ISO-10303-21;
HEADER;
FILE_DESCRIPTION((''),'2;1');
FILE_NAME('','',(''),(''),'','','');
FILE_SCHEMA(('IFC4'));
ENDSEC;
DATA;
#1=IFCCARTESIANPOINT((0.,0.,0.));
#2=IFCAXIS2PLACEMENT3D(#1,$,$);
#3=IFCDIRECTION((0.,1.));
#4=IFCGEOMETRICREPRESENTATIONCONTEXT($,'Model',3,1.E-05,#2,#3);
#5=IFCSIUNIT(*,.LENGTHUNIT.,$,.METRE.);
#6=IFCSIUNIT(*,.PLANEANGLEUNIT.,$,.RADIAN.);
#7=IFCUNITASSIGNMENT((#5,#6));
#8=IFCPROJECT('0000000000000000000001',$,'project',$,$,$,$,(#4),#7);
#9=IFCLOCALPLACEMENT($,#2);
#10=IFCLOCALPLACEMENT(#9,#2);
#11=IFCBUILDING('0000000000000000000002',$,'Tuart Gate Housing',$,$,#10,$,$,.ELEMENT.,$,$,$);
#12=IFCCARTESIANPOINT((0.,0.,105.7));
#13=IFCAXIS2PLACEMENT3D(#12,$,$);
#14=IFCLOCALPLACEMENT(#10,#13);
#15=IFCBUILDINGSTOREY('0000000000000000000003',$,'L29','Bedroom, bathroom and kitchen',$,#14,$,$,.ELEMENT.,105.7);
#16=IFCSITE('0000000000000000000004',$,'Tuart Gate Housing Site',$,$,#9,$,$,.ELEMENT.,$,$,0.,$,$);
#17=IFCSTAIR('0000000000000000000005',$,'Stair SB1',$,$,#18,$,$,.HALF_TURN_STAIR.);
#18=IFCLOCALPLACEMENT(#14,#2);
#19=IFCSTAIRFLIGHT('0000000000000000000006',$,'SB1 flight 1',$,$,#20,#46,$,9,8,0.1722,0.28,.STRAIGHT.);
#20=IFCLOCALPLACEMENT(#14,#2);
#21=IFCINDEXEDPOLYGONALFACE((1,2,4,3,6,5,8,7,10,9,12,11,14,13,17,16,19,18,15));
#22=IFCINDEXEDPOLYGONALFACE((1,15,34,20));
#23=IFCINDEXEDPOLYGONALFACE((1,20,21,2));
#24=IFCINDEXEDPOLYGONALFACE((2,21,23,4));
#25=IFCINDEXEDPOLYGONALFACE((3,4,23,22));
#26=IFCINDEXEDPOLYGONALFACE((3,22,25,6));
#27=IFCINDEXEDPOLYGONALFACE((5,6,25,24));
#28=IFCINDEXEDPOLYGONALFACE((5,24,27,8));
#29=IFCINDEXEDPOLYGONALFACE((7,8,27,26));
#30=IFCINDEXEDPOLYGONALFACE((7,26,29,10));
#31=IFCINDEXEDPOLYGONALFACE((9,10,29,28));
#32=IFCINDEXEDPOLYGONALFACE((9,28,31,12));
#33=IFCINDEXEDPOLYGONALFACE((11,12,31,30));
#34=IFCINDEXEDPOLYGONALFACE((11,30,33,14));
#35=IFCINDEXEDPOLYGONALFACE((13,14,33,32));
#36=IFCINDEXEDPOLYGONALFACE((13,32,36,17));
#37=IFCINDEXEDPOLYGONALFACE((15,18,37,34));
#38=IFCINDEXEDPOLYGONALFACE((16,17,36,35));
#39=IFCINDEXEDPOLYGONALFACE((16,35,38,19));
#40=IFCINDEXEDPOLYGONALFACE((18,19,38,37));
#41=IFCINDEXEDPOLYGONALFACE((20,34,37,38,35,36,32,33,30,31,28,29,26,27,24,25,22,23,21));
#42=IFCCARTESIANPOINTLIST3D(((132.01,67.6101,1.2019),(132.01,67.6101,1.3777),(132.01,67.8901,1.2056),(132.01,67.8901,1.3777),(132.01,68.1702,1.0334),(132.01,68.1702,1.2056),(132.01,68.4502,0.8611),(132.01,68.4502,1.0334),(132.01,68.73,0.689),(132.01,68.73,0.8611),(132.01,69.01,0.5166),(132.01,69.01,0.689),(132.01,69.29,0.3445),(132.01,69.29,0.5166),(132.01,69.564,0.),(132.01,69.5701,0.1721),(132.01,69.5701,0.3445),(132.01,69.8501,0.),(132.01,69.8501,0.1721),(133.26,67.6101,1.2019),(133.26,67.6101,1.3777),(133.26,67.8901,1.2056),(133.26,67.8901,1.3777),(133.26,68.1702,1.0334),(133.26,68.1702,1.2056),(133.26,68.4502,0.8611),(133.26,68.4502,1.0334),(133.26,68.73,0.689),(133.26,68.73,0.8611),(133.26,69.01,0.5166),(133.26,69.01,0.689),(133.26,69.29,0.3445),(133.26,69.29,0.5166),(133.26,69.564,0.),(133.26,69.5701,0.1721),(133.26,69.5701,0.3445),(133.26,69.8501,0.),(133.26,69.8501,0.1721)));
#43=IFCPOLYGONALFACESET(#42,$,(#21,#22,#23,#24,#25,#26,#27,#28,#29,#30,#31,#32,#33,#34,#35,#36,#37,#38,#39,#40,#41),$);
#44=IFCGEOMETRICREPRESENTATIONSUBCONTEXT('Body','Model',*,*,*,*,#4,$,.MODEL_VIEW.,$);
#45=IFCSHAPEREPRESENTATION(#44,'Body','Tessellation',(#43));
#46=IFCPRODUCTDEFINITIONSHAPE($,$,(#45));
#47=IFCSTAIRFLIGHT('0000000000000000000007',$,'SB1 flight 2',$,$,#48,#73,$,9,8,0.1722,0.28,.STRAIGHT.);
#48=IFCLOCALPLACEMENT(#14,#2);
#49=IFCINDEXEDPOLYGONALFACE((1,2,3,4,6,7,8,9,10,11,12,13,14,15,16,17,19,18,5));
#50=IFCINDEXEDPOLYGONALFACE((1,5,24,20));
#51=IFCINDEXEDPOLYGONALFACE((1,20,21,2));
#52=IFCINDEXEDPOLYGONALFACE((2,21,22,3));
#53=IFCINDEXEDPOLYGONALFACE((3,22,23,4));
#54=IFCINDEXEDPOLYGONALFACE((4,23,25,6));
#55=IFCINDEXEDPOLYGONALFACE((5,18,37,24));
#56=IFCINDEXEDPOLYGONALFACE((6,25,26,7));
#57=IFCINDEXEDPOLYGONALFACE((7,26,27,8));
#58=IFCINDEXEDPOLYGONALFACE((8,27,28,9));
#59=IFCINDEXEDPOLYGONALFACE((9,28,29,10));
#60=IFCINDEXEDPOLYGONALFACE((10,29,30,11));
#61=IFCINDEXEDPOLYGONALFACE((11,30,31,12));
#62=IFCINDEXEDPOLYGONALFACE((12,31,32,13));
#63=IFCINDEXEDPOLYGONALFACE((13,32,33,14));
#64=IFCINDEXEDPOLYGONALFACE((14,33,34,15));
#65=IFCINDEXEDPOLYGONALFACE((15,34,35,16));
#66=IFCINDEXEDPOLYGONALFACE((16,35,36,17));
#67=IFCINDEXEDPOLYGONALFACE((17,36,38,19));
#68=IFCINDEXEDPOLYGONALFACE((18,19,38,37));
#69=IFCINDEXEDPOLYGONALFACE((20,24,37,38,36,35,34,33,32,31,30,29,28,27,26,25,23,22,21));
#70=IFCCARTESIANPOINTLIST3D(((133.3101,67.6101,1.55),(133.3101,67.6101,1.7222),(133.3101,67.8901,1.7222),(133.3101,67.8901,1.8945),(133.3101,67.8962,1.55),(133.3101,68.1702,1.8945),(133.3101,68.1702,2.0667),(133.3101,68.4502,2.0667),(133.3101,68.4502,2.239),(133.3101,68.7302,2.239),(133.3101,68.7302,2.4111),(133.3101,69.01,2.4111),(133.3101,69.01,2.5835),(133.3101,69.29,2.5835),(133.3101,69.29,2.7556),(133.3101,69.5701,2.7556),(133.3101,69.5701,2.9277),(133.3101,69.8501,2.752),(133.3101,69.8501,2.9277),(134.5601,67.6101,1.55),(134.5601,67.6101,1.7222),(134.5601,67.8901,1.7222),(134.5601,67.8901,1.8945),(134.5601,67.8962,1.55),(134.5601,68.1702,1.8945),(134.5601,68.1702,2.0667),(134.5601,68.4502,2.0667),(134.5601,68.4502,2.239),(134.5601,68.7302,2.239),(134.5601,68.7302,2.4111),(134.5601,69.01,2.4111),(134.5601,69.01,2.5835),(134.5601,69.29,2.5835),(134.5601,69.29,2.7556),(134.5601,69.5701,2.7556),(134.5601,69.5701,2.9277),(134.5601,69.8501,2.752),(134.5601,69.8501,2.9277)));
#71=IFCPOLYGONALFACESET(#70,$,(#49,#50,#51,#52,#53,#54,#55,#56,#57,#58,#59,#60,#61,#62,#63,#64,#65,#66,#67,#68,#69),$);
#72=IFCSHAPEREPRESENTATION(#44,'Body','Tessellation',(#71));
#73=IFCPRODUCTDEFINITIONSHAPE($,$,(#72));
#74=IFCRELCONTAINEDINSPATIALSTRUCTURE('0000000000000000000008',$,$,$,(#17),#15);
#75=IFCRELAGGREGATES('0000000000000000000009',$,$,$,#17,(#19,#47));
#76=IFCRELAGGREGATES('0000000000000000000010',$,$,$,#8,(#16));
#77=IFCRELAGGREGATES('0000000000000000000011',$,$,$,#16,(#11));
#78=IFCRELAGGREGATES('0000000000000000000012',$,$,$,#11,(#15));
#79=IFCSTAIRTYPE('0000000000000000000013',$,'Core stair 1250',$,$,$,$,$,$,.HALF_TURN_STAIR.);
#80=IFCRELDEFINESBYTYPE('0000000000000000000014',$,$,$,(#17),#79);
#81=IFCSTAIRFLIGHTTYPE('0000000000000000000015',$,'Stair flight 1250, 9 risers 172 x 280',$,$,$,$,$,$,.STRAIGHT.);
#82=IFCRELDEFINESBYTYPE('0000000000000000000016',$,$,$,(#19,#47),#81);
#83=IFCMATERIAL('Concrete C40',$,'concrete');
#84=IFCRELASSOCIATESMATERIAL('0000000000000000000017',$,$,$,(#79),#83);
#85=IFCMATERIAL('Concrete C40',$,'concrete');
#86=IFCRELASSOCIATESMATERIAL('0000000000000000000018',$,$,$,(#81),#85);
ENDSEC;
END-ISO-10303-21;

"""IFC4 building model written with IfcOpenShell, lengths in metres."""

from ifc_helpers import new_model, si_unit, direction, frame, origin, place, context, subcontext, project, spatial, polyline, outline, extrude, material, type_object, element, aggregate, save


model = new_model("IFC4")

# Units and contexts
model_context = context("Model", 3, precision=1e-05, world=origin(), true_north=direction((0.0, 1.0)))
body_context = subcontext(model_context, "Body", "Model", "MODEL_VIEW")
ifc_project = project(units=[si_unit("LENGTHUNIT", "METRE"), si_unit("PLANEANGLEUNIT", "RADIAN")], contexts=[model_context])

# Site, building, storey
site_placement = place(None, origin())
site = spatial("IfcSite", under=ifc_project, at=site_placement, Name="Tuart Gate Housing Site", CompositionType="ELEMENT", RefElevation=0.0)
building_placement = place(site_placement, origin())
building = spatial("IfcBuilding", under=site, at=building_placement, Name="Tuart Gate Housing", CompositionType="ELEMENT")
storey_placement = place(building_placement, frame((0.0, 0.0, 105.7)))
storey = spatial("IfcBuildingStorey", under=building, at=storey_placement, Name="L29", Description="Bedroom, bathroom and kitchen", CompositionType="ELEMENT", Elevation=105.7)

# Stair, stair flights
ifc_material_1 = material(Name="Concrete C40", Category="concrete")
stair_type = type_object("IfcStairType", Name="Core stair 1250", PredefinedType="HALF_TURN_STAIR", material=ifc_material_1)
stair_placement = place(storey_placement, origin())
stair = element("IfcStair", 1, at=stair_placement, inside=storey, type_object=stair_type, Name="Stair SB1", PredefinedType="HALF_TURN_STAIR")
ifc_material_2 = material(Name="Concrete C40", Category="concrete")
stair_flight_type = type_object("IfcStairFlightType", Name="Stair flight 1250, 9 risers 172 x 280", PredefinedType="STRAIGHT", material=ifc_material_2)
stair_flight_1_placement = place(storey_placement, frame((132.635, 69.8501, 0.0), z_axis=(0.0, 0.0, 1.0), x_axis=(0.0, -1.0, 0.0)))
stair_flight_1 = element("IfcStairFlight", 2, at=stair_flight_1_placement, type_object=stair_flight_type, Name="SB1 flight 1", NumberOfRisers=9, NumberOfTreads=8, PredefinedType="STRAIGHT", RiserHeight=0.1722, TreadLength=0.28, context=body_context, shape_type="SweptSolid", body=[
    extrude(outline(polyline([(0.0, 0.0), (0.0, 0.1721), (0.28, 0.1721), (0.28, 0.3445), (0.5601, 0.3445), (0.5601, 0.5166), (0.8401, 0.5166), (0.8401, 0.689), (1.1201, 0.689), (1.1201, 0.8611), (1.3999, 0.8611), (1.3999, 1.0334), (1.6799, 1.0334), (1.6799, 1.2056), (1.96, 1.2056), (1.96, 1.3777), (2.24, 1.3777), (2.24, 1.55), (2.24, 1.2019), (0.2861, 0.0), (0.0, 0.0)])), frame((0.0, 0.625, 0.0), z_axis=(0.0, -1.0, 0.0), x_axis=(1.0, 0.0, 0.0)), (0.0, 0.0, 1.0), 1.25),
])
stair_flight_2_placement = place(storey_placement, frame((133.9351, 67.6101, 1.55), z_axis=(0.0, 0.0, 1.0), x_axis=(0.0, 1.0, 0.0)))
stair_flight_2 = element("IfcStairFlight", 3, at=stair_flight_2_placement, type_object=stair_flight_type, Name="SB1 flight 2", NumberOfRisers=9, NumberOfTreads=8, PredefinedType="STRAIGHT", RiserHeight=0.1722, TreadLength=0.28, context=body_context, shape_type="SweptSolid", body=[
    extrude(outline(polyline([(0.0, 0.0), (0.0, 0.1721), (0.28, 0.1721), (0.28, 0.3445), (0.5601, 0.3445), (0.5601, 0.5166), (0.8401, 0.5166), (0.8401, 0.689), (1.1201, 0.689), (1.1201, 0.8611), (1.3999, 0.8611), (1.3999, 1.0334), (1.6799, 1.0334), (1.6799, 1.2056), (1.96, 1.2056), (1.96, 1.3777), (2.24, 1.3777), (2.24, 1.55), (2.24, 1.2019), (0.2861, 0.0), (0.0, 0.0)])), frame((0.0, 0.625, 0.0), z_axis=(0.0, -1.0, 0.0), x_axis=(1.0, 0.0, 0.0)), (0.0, 0.0, 1.0), 1.25),
])
aggregate(stair, [stair_flight_1, stair_flight_2])

save(model, "model.ifc")
